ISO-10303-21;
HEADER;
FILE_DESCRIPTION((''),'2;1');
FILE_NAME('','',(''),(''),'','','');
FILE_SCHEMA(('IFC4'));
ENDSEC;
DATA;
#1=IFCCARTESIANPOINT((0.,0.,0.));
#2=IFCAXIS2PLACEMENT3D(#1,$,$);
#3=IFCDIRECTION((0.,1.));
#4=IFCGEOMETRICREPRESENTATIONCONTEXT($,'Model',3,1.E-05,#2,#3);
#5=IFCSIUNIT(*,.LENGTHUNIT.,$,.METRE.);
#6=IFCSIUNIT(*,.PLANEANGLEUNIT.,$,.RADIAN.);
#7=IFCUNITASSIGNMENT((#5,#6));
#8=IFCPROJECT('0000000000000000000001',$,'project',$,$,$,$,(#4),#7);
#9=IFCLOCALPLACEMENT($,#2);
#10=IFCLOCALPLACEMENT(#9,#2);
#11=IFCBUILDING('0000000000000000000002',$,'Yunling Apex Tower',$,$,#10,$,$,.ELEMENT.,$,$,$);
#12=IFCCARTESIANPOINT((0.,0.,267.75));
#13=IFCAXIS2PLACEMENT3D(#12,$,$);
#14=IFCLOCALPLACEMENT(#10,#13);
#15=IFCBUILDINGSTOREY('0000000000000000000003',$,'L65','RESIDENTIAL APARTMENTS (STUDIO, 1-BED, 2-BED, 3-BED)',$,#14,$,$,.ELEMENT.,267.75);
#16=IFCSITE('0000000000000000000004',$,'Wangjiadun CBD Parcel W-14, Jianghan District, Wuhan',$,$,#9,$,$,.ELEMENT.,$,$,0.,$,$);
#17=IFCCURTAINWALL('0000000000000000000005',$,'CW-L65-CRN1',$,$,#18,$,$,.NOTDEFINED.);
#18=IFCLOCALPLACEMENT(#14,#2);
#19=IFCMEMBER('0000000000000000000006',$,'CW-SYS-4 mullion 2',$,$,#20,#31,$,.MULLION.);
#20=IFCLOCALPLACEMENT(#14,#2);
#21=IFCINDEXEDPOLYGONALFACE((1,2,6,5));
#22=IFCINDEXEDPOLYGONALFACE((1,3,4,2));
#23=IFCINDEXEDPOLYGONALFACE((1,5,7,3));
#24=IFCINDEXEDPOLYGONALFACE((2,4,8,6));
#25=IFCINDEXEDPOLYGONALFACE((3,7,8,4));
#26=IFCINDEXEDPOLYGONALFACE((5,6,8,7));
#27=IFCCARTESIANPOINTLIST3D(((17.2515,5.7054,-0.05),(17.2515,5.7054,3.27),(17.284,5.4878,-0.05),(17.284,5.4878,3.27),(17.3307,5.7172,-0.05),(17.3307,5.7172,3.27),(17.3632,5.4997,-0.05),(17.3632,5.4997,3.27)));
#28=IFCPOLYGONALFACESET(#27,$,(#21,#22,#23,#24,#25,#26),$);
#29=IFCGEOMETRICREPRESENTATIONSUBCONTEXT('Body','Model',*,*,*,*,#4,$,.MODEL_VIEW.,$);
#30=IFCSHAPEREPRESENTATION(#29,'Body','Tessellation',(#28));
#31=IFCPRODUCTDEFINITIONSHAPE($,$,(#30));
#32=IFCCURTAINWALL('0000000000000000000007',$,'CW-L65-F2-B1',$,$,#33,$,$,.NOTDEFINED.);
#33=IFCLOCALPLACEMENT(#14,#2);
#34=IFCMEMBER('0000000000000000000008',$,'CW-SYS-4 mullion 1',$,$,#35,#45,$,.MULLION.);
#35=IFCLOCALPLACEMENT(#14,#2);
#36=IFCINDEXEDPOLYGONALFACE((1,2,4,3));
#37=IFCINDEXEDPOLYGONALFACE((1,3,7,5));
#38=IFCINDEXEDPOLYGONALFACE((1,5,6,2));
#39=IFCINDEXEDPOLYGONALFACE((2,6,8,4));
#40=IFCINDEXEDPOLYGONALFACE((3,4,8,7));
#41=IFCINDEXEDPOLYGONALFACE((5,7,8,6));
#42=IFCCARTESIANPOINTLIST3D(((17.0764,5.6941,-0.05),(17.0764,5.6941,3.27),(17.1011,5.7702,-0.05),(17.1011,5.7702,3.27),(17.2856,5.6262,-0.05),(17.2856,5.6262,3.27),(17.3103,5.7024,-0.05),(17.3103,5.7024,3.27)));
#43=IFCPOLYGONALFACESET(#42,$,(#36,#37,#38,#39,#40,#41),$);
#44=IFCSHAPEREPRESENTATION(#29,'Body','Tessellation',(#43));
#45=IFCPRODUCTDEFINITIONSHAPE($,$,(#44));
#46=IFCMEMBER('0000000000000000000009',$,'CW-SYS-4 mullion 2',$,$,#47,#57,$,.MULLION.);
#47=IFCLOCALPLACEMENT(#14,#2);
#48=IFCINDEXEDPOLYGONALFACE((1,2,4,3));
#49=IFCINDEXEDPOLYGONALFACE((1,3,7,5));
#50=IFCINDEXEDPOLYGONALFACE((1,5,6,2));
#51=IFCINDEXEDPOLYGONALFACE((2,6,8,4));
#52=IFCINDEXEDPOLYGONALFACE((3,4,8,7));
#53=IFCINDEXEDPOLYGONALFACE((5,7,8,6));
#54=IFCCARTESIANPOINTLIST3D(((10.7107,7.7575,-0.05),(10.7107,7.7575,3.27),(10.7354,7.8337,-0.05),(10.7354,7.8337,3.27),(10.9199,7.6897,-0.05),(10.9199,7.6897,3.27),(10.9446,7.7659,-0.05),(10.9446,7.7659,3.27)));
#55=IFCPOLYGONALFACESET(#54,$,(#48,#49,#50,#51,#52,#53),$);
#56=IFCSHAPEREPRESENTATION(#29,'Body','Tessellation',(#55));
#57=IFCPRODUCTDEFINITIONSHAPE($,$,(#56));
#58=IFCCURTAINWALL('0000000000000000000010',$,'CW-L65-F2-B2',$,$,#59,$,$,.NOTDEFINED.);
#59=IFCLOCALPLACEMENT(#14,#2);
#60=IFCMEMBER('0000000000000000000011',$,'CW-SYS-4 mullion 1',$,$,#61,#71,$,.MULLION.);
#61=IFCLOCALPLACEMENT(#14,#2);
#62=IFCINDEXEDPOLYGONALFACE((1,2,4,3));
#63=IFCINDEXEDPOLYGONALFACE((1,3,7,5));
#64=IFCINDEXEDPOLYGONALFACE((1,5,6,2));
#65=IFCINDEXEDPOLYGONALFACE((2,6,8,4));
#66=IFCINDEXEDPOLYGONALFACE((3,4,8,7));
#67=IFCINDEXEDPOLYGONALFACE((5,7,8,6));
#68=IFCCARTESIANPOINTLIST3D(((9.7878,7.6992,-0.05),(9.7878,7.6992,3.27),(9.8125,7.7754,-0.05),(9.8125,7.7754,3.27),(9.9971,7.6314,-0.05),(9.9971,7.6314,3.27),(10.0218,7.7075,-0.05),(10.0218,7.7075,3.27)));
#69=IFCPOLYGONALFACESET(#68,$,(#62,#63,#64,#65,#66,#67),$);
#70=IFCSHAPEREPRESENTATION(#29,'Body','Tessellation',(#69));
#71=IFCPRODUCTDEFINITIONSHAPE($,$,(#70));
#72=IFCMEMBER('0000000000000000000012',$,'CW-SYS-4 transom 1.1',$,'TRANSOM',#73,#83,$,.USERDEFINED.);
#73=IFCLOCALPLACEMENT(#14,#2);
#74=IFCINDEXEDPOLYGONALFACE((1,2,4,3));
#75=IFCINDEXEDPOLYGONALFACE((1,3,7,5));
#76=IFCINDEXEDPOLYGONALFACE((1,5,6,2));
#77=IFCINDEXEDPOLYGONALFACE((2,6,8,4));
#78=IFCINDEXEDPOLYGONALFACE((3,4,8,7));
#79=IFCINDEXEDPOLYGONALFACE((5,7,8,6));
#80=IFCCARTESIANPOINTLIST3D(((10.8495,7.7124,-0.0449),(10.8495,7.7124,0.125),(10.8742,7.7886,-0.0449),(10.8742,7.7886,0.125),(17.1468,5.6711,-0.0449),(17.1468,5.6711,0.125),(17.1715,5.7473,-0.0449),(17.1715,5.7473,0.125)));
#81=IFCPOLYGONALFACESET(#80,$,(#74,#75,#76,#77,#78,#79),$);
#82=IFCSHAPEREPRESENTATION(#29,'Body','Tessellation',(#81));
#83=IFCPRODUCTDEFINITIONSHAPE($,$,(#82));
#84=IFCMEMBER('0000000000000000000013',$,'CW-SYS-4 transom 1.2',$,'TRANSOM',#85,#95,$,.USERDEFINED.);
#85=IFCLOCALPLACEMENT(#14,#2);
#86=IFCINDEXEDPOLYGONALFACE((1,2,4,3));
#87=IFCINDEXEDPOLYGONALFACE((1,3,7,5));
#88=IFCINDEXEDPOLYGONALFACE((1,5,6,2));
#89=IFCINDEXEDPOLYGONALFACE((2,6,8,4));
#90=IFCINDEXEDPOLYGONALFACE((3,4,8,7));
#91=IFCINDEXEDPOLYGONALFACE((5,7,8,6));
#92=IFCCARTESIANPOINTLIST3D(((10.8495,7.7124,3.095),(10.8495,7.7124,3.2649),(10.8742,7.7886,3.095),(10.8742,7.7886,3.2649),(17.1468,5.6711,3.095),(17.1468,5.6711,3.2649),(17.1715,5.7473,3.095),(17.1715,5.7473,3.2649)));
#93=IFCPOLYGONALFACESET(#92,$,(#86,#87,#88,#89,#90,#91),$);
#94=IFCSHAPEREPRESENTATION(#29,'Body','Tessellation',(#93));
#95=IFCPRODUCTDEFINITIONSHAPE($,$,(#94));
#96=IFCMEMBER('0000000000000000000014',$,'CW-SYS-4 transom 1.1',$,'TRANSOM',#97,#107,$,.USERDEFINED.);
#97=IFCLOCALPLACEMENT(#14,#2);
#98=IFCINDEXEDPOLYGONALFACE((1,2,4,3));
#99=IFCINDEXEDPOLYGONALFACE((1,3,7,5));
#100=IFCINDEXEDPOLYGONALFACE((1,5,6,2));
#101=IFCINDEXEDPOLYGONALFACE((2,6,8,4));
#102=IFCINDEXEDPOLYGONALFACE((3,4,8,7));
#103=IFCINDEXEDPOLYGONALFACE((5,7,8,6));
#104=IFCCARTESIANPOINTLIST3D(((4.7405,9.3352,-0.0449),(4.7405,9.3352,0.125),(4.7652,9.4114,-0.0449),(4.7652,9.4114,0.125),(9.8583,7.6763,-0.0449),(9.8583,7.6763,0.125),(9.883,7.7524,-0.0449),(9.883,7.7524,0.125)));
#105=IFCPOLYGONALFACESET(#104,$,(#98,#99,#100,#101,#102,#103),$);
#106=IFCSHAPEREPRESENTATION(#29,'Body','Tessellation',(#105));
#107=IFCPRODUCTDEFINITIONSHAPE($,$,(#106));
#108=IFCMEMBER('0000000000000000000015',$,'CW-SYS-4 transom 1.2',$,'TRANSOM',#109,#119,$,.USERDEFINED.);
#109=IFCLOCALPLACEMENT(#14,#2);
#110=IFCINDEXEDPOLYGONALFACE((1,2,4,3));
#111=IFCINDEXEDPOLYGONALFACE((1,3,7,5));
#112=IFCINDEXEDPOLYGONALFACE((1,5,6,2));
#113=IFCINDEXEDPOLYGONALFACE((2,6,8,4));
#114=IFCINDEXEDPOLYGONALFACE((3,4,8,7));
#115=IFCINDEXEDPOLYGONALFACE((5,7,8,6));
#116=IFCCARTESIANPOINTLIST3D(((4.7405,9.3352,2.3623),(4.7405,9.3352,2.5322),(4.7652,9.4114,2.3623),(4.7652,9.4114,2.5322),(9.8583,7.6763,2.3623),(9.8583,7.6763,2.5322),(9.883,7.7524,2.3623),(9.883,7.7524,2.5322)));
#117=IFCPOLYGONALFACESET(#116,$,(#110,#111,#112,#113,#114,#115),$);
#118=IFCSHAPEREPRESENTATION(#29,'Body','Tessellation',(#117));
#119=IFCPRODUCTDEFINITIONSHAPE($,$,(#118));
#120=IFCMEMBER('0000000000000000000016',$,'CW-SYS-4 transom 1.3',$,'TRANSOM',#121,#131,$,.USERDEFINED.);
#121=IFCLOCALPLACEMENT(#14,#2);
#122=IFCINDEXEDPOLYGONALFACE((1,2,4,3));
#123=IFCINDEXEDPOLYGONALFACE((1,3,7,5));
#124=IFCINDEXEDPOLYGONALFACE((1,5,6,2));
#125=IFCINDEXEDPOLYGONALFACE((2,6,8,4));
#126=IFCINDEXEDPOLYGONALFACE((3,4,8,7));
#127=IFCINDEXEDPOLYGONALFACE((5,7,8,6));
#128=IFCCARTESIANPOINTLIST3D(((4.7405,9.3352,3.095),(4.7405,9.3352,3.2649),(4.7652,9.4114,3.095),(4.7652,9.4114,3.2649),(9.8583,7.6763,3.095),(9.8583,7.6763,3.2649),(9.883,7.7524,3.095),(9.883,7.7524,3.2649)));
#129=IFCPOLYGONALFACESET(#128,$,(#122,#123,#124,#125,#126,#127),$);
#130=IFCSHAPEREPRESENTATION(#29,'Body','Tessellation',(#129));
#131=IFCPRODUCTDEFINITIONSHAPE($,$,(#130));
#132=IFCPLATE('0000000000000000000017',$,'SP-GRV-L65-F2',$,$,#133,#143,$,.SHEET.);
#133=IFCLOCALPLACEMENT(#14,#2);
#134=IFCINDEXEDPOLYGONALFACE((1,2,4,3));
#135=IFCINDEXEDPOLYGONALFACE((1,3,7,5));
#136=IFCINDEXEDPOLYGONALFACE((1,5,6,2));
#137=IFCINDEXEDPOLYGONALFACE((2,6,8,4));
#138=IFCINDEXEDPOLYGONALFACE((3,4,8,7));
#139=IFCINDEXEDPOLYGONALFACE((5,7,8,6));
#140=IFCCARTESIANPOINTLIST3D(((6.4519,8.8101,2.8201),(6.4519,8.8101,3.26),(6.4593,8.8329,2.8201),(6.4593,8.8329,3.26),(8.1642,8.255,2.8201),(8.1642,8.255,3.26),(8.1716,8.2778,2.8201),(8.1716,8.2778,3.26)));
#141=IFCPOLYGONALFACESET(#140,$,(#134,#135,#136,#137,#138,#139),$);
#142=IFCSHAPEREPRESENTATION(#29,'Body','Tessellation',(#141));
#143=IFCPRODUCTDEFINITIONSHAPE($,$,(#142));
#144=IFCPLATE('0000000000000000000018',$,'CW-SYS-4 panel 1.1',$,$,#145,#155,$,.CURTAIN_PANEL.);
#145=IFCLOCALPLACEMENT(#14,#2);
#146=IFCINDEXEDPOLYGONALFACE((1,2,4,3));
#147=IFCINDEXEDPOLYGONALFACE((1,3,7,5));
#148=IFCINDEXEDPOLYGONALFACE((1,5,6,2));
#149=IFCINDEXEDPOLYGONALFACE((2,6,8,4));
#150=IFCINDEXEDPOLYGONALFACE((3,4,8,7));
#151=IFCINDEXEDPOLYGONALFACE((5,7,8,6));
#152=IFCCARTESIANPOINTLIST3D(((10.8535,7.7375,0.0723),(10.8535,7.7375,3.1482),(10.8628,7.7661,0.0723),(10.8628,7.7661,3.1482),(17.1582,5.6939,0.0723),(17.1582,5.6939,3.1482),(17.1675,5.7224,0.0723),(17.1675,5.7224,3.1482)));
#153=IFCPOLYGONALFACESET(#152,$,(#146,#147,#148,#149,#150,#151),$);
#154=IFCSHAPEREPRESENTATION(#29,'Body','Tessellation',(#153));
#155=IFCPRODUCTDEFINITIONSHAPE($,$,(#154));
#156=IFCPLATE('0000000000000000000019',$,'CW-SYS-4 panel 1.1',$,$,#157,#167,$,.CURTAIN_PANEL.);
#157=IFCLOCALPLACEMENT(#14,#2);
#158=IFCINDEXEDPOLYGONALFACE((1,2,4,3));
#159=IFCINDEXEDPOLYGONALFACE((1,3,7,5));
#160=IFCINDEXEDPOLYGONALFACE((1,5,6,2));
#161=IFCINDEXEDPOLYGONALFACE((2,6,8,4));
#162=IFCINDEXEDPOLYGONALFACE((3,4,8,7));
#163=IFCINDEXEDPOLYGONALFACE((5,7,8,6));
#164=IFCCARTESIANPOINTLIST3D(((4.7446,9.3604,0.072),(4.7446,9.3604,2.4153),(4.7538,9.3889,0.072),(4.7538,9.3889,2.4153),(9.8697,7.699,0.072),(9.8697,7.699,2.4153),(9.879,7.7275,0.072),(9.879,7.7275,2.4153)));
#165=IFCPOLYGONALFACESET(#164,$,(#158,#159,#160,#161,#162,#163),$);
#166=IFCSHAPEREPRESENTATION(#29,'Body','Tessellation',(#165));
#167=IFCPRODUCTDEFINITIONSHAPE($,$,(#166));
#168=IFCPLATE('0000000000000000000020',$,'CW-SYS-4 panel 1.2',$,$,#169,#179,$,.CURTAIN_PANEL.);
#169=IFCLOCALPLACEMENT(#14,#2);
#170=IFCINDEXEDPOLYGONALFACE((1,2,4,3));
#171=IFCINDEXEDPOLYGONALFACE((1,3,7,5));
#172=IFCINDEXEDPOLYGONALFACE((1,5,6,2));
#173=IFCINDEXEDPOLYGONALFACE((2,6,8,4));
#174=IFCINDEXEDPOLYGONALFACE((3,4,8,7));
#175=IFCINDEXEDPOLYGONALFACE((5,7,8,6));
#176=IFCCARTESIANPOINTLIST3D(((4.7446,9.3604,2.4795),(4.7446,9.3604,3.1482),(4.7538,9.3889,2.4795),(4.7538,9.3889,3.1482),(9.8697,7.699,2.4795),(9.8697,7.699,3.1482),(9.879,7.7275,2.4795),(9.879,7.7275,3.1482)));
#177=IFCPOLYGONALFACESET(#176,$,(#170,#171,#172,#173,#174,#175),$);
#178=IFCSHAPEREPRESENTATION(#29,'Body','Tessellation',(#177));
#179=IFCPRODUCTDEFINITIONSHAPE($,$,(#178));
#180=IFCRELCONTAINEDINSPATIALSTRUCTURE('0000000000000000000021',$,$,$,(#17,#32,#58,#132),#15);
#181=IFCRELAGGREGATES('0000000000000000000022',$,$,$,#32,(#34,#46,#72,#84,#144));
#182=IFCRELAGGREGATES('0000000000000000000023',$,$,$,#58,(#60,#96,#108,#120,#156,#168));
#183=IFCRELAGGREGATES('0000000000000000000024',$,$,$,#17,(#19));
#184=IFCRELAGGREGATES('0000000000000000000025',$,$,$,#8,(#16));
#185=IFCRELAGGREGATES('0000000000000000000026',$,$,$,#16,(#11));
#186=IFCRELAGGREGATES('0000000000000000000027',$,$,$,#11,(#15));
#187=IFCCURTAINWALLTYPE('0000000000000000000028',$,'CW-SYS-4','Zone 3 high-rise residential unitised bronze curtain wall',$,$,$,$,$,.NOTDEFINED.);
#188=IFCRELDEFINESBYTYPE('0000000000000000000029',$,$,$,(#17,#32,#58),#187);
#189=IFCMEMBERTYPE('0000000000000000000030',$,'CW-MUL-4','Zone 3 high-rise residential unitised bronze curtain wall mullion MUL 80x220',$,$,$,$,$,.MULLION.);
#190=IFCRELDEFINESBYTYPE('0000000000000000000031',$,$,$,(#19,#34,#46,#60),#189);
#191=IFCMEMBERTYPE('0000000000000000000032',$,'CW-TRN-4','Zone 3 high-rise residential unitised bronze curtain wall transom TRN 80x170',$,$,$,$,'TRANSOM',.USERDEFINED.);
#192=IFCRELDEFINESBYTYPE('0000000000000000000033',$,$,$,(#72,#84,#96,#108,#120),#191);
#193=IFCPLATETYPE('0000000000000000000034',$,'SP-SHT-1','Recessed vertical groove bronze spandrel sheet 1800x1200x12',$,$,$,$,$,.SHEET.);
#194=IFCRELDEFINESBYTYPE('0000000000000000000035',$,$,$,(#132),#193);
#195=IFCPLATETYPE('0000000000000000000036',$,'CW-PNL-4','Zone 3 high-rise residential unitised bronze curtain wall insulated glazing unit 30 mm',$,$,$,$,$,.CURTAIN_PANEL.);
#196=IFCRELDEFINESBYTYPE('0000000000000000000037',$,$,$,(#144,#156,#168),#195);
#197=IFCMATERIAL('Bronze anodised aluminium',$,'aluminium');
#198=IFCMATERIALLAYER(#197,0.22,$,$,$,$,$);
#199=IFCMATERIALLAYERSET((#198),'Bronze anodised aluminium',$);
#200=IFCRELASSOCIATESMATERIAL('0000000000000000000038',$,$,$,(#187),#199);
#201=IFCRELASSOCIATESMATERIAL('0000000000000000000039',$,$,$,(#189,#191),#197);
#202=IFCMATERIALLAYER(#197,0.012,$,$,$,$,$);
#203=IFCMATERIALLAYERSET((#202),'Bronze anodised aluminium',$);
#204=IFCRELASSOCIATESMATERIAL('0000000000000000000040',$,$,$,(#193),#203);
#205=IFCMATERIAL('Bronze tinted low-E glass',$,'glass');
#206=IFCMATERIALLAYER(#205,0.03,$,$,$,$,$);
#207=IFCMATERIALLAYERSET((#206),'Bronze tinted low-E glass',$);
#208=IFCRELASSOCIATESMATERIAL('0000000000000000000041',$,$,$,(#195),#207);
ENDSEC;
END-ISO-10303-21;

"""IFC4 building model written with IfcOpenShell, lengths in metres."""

from ifc_helpers import new_model, si_unit, direction, frame, origin, origin_2d, place, context, subcontext, project, spatial, rectangle, extrude, source, transform, mapped, material, layer, layer_set, material_profile, profile_set, type_object, element, aggregate, save


model = new_model("IFC4")

# Units and contexts
model_context = context("Model", 3, precision=1e-05, world=origin(), true_north=direction((0.0, 1.0)))
body_context = subcontext(model_context, "Body", "Model", "MODEL_VIEW")
ifc_project = project(units=[si_unit("LENGTHUNIT", "METRE"), si_unit("PLANEANGLEUNIT", "RADIAN")], contexts=[model_context])

# Site, building, storey
site_placement = place(None, origin())
site = spatial("IfcSite", under=ifc_project, at=site_placement, Name="Wangjiadun CBD Parcel W-14, Jianghan District, Wuhan", CompositionType="ELEMENT", RefElevation=0.0)
building_placement = place(site_placement, origin())
building = spatial("IfcBuilding", under=site, at=building_placement, Name="Yunling Apex Tower", CompositionType="ELEMENT")
storey_placement = place(building_placement, frame((0.0, 0.0, 267.75)))
storey = spatial("IfcBuildingStorey", under=building, at=storey_placement, Name="L65", Description="RESIDENTIAL APARTMENTS (STUDIO, 1-BED, 2-BED, 3-BED)", CompositionType="ELEMENT", Elevation=267.75)

# Curtain wall, member
ifc_material_1 = material(Name="Bronze anodised aluminium", Category="aluminium")
ifc_layer_1 = layer(ifc_material_1, 0.22)
ifc_layer_set_1 = layer_set([ifc_layer_1], Name="Bronze anodised aluminium")
curtain_wall_type = type_object("IfcCurtainWallType", Name="CW-SYS-4", Description="Zone 3 high-rise residential unitised bronze curtain wall", PredefinedType="NOTDEFINED", material=ifc_layer_set_1)
curtain_wall_1_placement = place(storey_placement, origin())
curtain_wall_1 = element("IfcCurtainWall", 1, at=curtain_wall_1_placement, inside=storey, type_object=curtain_wall_type, Name="CW-L65-CRN1", PredefinedType="NOTDEFINED")
ifc_material_profile_1 = material_profile(ifc_material_1, rectangle(XDim=0.0801, YDim=0.22, at=origin_2d()))
ifc_profile_set_1 = profile_set([ifc_material_profile_1], Name="Bronze anodised aluminium")
member_type_1 = type_object("IfcMemberType", Name="CW-MUL-4", Description="Zone 3 high-rise residential unitised bronze curtain wall mullion MUL 80x220", PredefinedType="MULLION", material=ifc_profile_set_1)
shared_shape_1 = source(origin(), body_context, "Body", "SweptSolid", [
    extrude(rectangle(XDim=0.0801, YDim=0.22, at=origin_2d()), origin(), (0.0, 0.0, 1.0), 3.3201),
])
member_1_placement = place(storey_placement, frame((17.3074, 5.6025, -0.05), z_axis=(0.0, 0.0, 1.0), x_axis=(-0.989017, -0.147803, 0.0)))
member_1 = element("IfcMember", 2, at=member_1_placement, type_object=member_type_1, Name="CW-SYS-4 mullion 2", PredefinedType="MULLION", context=body_context, shape_type="MappedRepresentation", body=[
    mapped(shared_shape_1, transform((0.0, 0.0, 0.0), scale=1.0)),
])

# Curtain wall, members
curtain_wall_2_placement = place(storey_placement, origin())
curtain_wall_2 = element("IfcCurtainWall", 3, at=curtain_wall_2_placement, inside=storey, type_object=curtain_wall_type, Name="CW-L65-F2-B1", PredefinedType="NOTDEFINED")
member_2_placement = place(storey_placement, frame((17.1934, 5.6982, -0.05), z_axis=(0.0, 0.0, 1.0), x_axis=(-0.308353, -0.951272, 0.0)))
member_2 = element("IfcMember", 4, at=member_2_placement, type_object=member_type_1, Name="CW-SYS-4 mullion 1", PredefinedType="MULLION", context=body_context, shape_type="MappedRepresentation", body=[
    mapped(shared_shape_1, transform((0.0, 0.0, 0.0), scale=1.0)),
])
member_3_placement = place(storey_placement, frame((10.8276, 7.7617, -0.05), z_axis=(0.0, 0.0, 1.0), x_axis=(-0.308353, -0.951272, 0.0)))
member_3 = element("IfcMember", 5, at=member_3_placement, type_object=member_type_1, Name="CW-SYS-4 mullion 2", PredefinedType="MULLION", context=body_context, shape_type="MappedRepresentation", body=[
    mapped(shared_shape_1, transform((0.0, 0.0, 0.0), scale=1.0)),
])

# Curtain wall, member
curtain_wall_3_placement = place(storey_placement, origin())
curtain_wall_3 = element("IfcCurtainWall", 6, at=curtain_wall_3_placement, inside=storey, type_object=curtain_wall_type, Name="CW-L65-F2-B2", PredefinedType="NOTDEFINED")
member_4_placement = place(storey_placement, frame((9.9048, 7.7034, -0.05), z_axis=(0.0, 0.0, 1.0), x_axis=(-0.308369, -0.951267, 0.0)))
member_4 = element("IfcMember", 7, at=member_4_placement, type_object=member_type_1, Name="CW-SYS-4 mullion 1", PredefinedType="MULLION", context=body_context, shape_type="MappedRepresentation", body=[
    mapped(shared_shape_1, transform((0.0, 0.0, 0.0), scale=1.0)),
])

# Members
ifc_material_profile_2 = material_profile(ifc_material_1, rectangle(XDim=0.0801, YDim=0.1699, at=origin_2d()))
ifc_profile_set_2 = profile_set([ifc_material_profile_2], Name="Bronze anodised aluminium")
member_type_2 = type_object("IfcMemberType", Name="CW-TRN-4", Description="Zone 3 high-rise residential unitised bronze curtain wall transom TRN 80x170", ElementType="TRANSOM", PredefinedType="USERDEFINED", material=ifc_profile_set_2)
shared_shape_2 = source(origin(), body_context, "Body", "SweptSolid", [
    extrude(rectangle(XDim=0.0801, YDim=0.1699, at=origin_2d()), origin(), (0.0, 0.0, 1.0), 6.6199),
])
member_5_placement = place(storey_placement, frame((17.1592, 5.7092, 0.04), z_axis=(-0.951273, 0.30835, 0.0), x_axis=(-0.30835, -0.951273, 0.0)))
member_5 = element("IfcMember", 8, at=member_5_placement, type_object=member_type_2, Name="CW-SYS-4 transom 1.1", ObjectType="TRANSOM", PredefinedType="USERDEFINED", context=body_context, shape_type="MappedRepresentation", body=[
    mapped(shared_shape_2, transform((0.0, 0.0, 0.0), scale=1.0)),
])
member_6_placement = place(storey_placement, frame((17.1592, 5.7092, 3.1799), z_axis=(-0.951273, 0.30835, 0.0), x_axis=(-0.30835, -0.951273, 0.0)))
member_6 = element("IfcMember", 9, at=member_6_placement, type_object=member_type_2, Name="CW-SYS-4 transom 1.2", ObjectType="TRANSOM", PredefinedType="USERDEFINED", context=body_context, shape_type="MappedRepresentation", body=[
    mapped(shared_shape_2, transform((0.0, 0.0, 0.0), scale=1.0)),
])
shared_shape_3 = source(origin(), body_context, "Body", "SweptSolid", [
    extrude(rectangle(XDim=0.0801, YDim=0.1699, at=origin_2d()), origin(), (0.0, 0.0, 1.0), 5.3799),
])
member_7_placement = place(storey_placement, frame((9.8706, 7.7144, 0.04), z_axis=(-0.951269, 0.308362, 0.0), x_axis=(-0.308362, -0.951269, 0.0)))
member_7 = element("IfcMember", 10, at=member_7_placement, type_object=member_type_2, Name="CW-SYS-4 transom 1.1", ObjectType="TRANSOM", PredefinedType="USERDEFINED", context=body_context, shape_type="MappedRepresentation", body=[
    mapped(shared_shape_3, transform((0.0, 0.0, 0.0), scale=1.0)),
])
member_8_placement = place(storey_placement, frame((9.8706, 7.7144, 2.4473), z_axis=(-0.951269, 0.308362, 0.0), x_axis=(-0.308362, -0.951269, 0.0)))
member_8 = element("IfcMember", 11, at=member_8_placement, type_object=member_type_2, Name="CW-SYS-4 transom 1.2", ObjectType="TRANSOM", PredefinedType="USERDEFINED", context=body_context, shape_type="MappedRepresentation", body=[
    mapped(shared_shape_3, transform((0.0, 0.0, 0.0), scale=1.0)),
])
member_9_placement = place(storey_placement, frame((9.8706, 7.7144, 3.1799), z_axis=(-0.951269, 0.308362, 0.0), x_axis=(-0.308362, -0.951269, 0.0)))
member_9 = element("IfcMember", 12, at=member_9_placement, type_object=member_type_2, Name="CW-SYS-4 transom 1.3", ObjectType="TRANSOM", PredefinedType="USERDEFINED", context=body_context, shape_type="MappedRepresentation", body=[
    mapped(shared_shape_3, transform((0.0, 0.0, 0.0), scale=1.0)),
])

# Plates
ifc_layer_2 = layer(ifc_material_1, 0.012)
ifc_layer_set_2 = layer_set([ifc_layer_2], Name="Bronze anodised aluminium")
plate_type_1 = type_object("IfcPlateType", Name="SP-SHT-1", Description="Recessed vertical groove bronze spandrel sheet 1800x1200x12", PredefinedType="SHEET", material=ifc_layer_set_2)
shared_shape_4 = source(origin(), body_context, "Body", "SweptSolid", [
    extrude(rectangle(XDim=1.8, YDim=0.0239, at=origin_2d()), origin(), (0.0, 0.0, 1.0), 0.4399),
])
plate_1_placement = place(storey_placement, frame((7.3118, 8.5439, 2.8201), z_axis=(0.0, 0.0, 1.0), x_axis=(-0.951272, 0.308353, 0.0)))
element("IfcPlate", 13, at=plate_1_placement, inside=storey, type_object=plate_type_1, Name="SP-GRV-L65-F2", PredefinedType="SHEET", context=body_context, shape_type="MappedRepresentation", body=[
    mapped(shared_shape_4, transform((0.0, 0.0, 0.0), scale=1.0)),
])
ifc_material_2 = material(Name="Bronze tinted low-E glass", Category="glass")
ifc_layer_3 = layer(ifc_material_2, 0.03)
ifc_layer_set_3 = layer_set([ifc_layer_3], Name="Bronze tinted low-E glass")
plate_type_2 = type_object("IfcPlateType", Name="CW-PNL-4", Description="Zone 3 high-rise residential unitised bronze curtain wall insulated glazing unit 30 mm", PredefinedType="CURTAIN_PANEL", material=ifc_layer_set_3)
shared_shape_5 = source(origin(), body_context, "Body", "SweptSolid", [
    extrude(rectangle(XDim=6.6277, YDim=0.03, at=origin_2d()), origin(), (0.0, 0.0, 1.0), 3.0759),
])
plate_2_placement = place(storey_placement, frame((14.0105, 6.73, 0.0723), z_axis=(0.0, 0.0, 1.0), x_axis=(-0.951272, 0.308353, 0.0)))
plate_2 = element("IfcPlate", 14, at=plate_2_placement, type_object=plate_type_2, Name="CW-SYS-4 panel 1.1", PredefinedType="CURTAIN_PANEL", context=body_context, shape_type="MappedRepresentation", body=[
    mapped(shared_shape_5, transform((0.0, 0.0, 0.0), scale=1.0)),
])
aggregate(curtain_wall_2, [member_2, member_3, member_5, member_6, plate_2])
shared_shape_6 = source(origin(), body_context, "Body", "SweptSolid", [
    extrude(rectangle(XDim=5.3877, YDim=0.03, at=origin_2d()), origin(), (0.0, 0.0, 1.0), 2.3433),
])
plate_3_placement = place(storey_placement, frame((7.3118, 8.5439, 0.072), z_axis=(0.0, 0.0, 1.0), x_axis=(-0.951267, 0.308369, 0.0)))
plate_3 = element("IfcPlate", 15, at=plate_3_placement, type_object=plate_type_2, Name="CW-SYS-4 panel 1.1", PredefinedType="CURTAIN_PANEL", context=body_context, shape_type="MappedRepresentation", body=[
    mapped(shared_shape_6, transform((0.0, 0.0, 0.0), scale=1.0)),
])
shared_shape_7 = source(origin(), body_context, "Body", "SweptSolid", [
    extrude(rectangle(XDim=5.3877, YDim=0.03, at=origin_2d()), origin(), (0.0, 0.0, 1.0), 0.6687),
])
plate_4_placement = place(storey_placement, frame((7.3118, 8.5439, 2.4795), z_axis=(0.0, 0.0, 1.0), x_axis=(-0.951267, 0.308369, 0.0)))
plate_4 = element("IfcPlate", 16, at=plate_4_placement, type_object=plate_type_2, Name="CW-SYS-4 panel 1.2", PredefinedType="CURTAIN_PANEL", context=body_context, shape_type="MappedRepresentation", body=[
    mapped(shared_shape_7, transform((0.0, 0.0, 0.0), scale=1.0)),
])
aggregate(curtain_wall_3, [member_4, member_7, member_8, member_9, plate_3, plate_4])
aggregate(curtain_wall_1, [member_1])

save(model, "model.ifc")
